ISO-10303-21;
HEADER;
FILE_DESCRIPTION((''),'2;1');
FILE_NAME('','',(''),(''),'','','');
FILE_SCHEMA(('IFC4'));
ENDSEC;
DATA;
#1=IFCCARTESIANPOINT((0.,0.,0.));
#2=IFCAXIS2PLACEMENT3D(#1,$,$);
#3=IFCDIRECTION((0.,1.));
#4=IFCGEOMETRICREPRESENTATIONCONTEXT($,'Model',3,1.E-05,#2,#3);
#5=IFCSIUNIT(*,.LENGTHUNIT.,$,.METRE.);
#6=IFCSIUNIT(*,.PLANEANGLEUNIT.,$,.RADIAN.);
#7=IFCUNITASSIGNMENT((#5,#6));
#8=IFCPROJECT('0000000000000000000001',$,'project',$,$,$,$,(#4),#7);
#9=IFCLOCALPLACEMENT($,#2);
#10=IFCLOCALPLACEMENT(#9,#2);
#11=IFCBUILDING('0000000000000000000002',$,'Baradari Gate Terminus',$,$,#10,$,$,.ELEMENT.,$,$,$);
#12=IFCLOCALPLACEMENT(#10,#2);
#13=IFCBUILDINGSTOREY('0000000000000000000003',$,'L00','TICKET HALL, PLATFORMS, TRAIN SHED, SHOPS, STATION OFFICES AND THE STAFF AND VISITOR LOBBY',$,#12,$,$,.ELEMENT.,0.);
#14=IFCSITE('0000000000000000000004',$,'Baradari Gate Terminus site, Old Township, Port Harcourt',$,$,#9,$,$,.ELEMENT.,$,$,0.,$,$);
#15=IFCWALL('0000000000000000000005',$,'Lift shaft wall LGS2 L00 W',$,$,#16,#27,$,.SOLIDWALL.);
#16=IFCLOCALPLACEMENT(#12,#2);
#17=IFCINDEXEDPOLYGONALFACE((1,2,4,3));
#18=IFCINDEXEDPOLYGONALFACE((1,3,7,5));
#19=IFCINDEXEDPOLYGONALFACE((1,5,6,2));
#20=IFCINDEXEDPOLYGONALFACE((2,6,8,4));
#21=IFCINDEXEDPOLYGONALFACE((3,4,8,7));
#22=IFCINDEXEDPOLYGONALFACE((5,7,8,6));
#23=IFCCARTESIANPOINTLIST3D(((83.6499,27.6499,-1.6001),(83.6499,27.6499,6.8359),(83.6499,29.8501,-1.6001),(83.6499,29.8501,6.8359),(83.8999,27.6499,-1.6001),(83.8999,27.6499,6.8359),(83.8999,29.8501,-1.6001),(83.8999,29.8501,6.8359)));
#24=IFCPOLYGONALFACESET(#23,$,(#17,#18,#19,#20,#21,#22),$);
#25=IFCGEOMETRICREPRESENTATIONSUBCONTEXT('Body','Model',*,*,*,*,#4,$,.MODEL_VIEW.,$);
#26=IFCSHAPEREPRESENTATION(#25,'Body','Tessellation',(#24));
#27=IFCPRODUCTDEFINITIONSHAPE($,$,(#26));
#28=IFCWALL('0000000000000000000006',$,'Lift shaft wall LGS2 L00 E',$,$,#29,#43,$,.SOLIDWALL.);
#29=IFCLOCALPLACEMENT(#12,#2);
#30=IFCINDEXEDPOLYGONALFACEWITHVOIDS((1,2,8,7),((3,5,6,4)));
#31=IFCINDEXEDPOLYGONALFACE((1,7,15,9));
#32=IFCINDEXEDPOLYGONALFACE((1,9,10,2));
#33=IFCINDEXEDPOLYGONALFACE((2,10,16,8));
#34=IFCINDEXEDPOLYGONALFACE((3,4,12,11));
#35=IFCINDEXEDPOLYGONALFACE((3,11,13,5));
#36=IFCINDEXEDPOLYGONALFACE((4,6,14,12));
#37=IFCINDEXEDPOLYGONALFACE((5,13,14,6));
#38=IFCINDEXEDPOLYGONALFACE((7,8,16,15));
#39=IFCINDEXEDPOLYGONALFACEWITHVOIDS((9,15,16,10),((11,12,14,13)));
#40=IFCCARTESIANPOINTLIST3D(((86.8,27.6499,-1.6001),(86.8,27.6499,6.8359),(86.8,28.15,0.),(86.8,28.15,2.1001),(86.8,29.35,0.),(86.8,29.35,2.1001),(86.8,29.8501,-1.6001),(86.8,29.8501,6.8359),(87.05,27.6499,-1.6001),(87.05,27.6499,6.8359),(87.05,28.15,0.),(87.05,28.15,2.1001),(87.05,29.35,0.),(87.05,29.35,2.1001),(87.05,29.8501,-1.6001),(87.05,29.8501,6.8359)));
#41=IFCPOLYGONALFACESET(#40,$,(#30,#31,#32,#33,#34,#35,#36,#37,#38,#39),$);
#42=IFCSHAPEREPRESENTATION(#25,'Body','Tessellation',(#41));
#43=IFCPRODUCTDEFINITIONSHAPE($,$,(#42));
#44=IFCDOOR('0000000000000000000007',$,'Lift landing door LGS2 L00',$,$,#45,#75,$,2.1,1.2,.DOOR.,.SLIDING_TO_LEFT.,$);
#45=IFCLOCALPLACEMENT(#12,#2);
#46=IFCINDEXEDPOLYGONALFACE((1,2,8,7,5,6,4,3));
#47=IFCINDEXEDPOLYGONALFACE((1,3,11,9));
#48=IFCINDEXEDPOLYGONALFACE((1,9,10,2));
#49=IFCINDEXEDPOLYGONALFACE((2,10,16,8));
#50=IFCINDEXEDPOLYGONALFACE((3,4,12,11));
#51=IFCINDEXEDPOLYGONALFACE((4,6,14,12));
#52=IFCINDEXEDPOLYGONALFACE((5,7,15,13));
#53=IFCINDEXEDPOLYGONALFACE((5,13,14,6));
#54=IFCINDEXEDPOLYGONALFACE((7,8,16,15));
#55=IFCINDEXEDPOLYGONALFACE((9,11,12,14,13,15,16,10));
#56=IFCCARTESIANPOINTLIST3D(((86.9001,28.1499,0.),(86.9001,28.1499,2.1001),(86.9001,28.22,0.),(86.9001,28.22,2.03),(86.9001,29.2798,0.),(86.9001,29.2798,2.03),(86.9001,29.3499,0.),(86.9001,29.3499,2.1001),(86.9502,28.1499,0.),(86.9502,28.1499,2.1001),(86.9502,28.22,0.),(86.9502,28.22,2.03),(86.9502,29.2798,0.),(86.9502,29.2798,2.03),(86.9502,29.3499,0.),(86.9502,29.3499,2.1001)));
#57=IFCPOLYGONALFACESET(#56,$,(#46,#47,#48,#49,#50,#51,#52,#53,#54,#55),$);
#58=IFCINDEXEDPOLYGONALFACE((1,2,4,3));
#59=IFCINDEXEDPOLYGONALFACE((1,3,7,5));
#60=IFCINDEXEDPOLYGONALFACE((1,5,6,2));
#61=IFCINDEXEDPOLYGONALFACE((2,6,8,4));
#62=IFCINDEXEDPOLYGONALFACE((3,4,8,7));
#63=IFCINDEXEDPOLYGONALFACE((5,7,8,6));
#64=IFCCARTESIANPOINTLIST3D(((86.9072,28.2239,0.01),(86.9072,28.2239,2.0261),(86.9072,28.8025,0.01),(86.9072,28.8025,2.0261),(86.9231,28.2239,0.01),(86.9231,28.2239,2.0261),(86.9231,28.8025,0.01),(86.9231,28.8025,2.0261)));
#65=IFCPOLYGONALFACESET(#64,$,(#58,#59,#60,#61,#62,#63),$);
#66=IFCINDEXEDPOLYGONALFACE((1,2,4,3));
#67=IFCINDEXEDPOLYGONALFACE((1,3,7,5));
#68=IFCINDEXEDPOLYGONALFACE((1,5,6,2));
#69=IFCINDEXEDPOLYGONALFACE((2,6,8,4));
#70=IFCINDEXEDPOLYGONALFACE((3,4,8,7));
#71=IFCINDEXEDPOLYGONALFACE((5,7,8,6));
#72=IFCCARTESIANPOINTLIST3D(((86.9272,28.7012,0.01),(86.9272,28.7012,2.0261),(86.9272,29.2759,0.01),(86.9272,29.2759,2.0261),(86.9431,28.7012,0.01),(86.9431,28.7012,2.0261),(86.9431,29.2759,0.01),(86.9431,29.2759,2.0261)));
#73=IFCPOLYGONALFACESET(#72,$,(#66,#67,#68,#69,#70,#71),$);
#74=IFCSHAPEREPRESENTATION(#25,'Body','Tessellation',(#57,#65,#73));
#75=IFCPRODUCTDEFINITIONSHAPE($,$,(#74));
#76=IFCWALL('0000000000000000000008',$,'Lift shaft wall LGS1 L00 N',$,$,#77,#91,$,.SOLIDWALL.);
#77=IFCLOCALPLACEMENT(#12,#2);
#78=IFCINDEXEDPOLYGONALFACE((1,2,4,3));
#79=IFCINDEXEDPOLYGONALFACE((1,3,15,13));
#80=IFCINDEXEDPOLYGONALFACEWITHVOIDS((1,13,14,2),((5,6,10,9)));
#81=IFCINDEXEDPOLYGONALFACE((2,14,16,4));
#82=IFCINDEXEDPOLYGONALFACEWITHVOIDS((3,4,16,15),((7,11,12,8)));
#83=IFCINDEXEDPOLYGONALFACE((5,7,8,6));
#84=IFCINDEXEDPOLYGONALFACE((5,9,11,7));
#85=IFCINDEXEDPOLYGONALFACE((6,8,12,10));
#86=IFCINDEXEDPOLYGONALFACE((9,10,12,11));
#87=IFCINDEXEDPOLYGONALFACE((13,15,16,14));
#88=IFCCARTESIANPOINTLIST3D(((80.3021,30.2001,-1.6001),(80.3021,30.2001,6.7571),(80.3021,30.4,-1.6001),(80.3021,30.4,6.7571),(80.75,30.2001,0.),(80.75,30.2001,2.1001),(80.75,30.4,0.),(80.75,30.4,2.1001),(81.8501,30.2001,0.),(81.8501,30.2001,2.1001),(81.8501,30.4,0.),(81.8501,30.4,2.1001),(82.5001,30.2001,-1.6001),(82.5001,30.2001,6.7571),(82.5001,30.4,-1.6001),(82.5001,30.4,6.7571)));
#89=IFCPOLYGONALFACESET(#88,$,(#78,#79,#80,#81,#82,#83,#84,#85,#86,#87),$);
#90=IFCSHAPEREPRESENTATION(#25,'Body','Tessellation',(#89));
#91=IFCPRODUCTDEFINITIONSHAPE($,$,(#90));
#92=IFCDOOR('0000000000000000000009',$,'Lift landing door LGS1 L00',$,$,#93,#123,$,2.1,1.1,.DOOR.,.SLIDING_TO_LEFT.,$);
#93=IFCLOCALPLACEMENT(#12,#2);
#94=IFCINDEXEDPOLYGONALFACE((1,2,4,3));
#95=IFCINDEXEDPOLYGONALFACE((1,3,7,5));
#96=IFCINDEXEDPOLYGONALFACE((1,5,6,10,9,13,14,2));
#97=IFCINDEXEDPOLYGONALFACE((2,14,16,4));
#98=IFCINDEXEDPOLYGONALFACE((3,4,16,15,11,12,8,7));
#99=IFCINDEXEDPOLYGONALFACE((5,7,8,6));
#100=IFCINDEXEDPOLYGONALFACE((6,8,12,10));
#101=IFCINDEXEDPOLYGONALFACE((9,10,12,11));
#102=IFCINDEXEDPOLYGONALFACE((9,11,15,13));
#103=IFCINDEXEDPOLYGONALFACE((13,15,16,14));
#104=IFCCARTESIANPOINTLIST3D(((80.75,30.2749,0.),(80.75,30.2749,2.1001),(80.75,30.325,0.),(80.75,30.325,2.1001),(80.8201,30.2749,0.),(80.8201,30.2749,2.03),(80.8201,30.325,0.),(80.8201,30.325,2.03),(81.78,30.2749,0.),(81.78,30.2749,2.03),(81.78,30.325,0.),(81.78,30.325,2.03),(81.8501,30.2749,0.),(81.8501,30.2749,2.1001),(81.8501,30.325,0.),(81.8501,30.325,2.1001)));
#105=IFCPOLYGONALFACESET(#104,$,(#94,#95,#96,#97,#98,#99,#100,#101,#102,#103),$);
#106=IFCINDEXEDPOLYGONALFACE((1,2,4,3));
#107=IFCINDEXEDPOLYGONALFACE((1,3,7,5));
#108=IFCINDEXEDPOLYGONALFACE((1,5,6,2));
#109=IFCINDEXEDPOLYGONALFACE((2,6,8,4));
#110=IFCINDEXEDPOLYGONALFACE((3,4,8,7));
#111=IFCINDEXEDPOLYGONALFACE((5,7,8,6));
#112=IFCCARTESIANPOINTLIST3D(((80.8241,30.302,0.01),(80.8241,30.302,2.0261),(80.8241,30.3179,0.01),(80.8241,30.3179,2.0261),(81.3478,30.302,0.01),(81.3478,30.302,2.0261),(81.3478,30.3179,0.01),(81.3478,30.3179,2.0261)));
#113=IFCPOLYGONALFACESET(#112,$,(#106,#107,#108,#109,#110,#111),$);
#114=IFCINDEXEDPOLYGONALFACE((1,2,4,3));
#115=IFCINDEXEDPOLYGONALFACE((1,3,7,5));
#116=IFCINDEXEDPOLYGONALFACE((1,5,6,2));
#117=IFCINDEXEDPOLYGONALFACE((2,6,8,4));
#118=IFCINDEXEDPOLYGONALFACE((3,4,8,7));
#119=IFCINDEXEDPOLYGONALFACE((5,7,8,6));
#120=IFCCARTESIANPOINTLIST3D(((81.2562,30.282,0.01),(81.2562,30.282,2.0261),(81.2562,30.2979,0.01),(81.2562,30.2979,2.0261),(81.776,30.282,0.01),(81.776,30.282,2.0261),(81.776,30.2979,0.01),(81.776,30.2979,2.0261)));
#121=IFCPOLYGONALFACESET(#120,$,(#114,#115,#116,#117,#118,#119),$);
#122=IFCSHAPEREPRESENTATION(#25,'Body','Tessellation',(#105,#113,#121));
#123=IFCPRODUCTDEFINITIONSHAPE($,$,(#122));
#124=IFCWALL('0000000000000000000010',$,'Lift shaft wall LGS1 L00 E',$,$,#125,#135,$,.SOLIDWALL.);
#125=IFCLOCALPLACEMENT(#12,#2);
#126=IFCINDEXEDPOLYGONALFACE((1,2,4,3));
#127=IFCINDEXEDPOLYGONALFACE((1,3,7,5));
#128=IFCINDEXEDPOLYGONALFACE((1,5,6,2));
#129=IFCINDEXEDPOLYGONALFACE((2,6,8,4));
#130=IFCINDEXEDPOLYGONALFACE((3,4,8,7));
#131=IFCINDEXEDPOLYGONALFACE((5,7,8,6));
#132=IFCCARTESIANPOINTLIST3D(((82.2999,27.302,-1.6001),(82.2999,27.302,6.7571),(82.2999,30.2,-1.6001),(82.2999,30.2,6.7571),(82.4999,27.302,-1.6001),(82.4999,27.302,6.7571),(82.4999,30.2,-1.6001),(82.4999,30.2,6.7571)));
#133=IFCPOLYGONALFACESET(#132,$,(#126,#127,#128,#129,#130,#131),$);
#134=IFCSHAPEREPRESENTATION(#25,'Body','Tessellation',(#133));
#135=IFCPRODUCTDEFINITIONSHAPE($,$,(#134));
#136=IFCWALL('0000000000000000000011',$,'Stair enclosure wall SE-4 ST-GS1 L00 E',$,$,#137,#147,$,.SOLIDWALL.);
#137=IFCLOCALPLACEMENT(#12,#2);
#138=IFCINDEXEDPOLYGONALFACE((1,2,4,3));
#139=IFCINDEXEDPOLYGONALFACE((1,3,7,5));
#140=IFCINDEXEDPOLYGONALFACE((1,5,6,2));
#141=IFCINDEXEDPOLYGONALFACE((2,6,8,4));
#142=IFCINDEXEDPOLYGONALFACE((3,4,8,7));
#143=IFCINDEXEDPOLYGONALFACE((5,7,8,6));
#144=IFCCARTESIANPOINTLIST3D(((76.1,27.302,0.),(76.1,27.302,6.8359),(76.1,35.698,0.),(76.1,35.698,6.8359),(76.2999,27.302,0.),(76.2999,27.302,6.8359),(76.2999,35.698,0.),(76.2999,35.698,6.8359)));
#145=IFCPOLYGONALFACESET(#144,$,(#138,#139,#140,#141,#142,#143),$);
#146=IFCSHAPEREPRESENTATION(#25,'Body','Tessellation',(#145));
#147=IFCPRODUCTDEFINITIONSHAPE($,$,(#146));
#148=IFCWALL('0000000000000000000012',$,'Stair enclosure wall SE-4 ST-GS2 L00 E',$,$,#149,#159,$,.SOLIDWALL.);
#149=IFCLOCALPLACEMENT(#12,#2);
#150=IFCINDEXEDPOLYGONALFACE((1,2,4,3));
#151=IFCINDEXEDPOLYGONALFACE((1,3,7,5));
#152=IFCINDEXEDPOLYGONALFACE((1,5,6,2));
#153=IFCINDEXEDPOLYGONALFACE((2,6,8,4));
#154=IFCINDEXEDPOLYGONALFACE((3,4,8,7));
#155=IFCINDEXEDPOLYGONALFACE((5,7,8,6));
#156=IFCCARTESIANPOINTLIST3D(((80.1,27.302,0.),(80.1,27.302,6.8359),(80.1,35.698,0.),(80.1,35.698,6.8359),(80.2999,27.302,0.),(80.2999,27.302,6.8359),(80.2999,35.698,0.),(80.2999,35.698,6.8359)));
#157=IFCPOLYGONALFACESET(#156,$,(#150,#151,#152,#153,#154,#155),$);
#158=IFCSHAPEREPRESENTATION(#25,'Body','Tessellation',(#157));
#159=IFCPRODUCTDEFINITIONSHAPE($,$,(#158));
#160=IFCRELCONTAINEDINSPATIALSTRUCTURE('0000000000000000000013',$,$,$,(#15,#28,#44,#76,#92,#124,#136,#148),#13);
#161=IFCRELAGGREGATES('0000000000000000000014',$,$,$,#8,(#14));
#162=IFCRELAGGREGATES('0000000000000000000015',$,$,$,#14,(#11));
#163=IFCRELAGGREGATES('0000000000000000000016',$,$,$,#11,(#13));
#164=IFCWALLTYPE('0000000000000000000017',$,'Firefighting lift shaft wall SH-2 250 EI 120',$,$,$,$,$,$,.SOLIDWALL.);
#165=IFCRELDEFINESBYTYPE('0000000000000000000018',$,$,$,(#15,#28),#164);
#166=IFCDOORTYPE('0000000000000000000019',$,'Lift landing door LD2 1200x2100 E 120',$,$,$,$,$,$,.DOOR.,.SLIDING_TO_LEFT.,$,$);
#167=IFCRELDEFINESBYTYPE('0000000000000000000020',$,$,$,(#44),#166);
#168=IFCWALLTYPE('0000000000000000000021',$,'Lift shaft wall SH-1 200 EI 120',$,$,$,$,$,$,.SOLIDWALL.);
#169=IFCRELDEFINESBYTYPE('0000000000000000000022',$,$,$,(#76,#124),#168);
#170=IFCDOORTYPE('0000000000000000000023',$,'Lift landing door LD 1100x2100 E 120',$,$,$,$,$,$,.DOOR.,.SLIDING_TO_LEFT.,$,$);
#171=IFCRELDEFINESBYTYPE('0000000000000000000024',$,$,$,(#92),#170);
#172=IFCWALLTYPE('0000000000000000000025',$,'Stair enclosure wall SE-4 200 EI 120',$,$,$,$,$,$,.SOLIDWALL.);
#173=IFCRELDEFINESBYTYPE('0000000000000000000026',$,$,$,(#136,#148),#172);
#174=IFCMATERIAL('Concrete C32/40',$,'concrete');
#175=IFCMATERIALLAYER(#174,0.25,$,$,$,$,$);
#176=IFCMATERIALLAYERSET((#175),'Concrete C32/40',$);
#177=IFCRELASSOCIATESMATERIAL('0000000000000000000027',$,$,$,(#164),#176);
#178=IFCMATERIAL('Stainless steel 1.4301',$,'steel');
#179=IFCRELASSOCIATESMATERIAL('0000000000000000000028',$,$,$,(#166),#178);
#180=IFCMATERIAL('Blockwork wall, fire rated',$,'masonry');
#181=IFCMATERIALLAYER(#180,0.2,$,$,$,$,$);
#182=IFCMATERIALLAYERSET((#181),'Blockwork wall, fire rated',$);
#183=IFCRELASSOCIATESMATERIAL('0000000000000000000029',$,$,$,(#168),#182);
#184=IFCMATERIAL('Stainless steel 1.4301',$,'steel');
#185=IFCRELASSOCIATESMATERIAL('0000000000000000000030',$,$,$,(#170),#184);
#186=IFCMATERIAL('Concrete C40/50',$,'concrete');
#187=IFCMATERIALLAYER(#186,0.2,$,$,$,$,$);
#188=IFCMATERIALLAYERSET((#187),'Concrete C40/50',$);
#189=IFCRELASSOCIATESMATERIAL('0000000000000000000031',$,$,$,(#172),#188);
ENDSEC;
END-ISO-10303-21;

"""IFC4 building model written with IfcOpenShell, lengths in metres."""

from ifc_helpers import new_model, si_unit, direction, frame, frame_2d, origin, place, context, subcontext, project, spatial, polyline, rectangle, outline, extrude, material, layer, layer_set, type_object, element, fill, save


model = new_model("IFC4")

# Units and contexts
model_context = context("Model", 3, precision=1e-05, world=origin(), true_north=direction((0.0, 1.0)))
body_context = subcontext(model_context, "Body", "Model", "MODEL_VIEW")
ifc_project = project(units=[si_unit("LENGTHUNIT", "METRE"), si_unit("PLANEANGLEUNIT", "RADIAN")], contexts=[model_context])

# Site, building, storey
site_placement = place(None, origin())
site = spatial("IfcSite", under=ifc_project, at=site_placement, Name="Baradari Gate Terminus site, Old Township, Port Harcourt", CompositionType="ELEMENT", RefElevation=0.0)
building_placement = place(site_placement, origin())
building = spatial("IfcBuilding", under=site, at=building_placement, Name="Baradari Gate Terminus", CompositionType="ELEMENT")
storey_placement = place(building_placement, origin())
storey = spatial("IfcBuildingStorey", under=building, at=storey_placement, Name="L00", Description="TICKET HALL, PLATFORMS, TRAIN SHED, SHOPS, STATION OFFICES AND THE STAFF AND VISITOR LOBBY", CompositionType="ELEMENT", Elevation=0.0)

# Wall
ifc_material_1 = material(Name="Concrete C32/40", Category="concrete")
ifc_layer_1 = layer(ifc_material_1, 0.25)
ifc_layer_set_1 = layer_set([ifc_layer_1], Name="Concrete C32/40")
wall_type_1 = type_object("IfcWallType", Name="Firefighting lift shaft wall SH-2 250 EI 120", PredefinedType="SOLIDWALL", material=ifc_layer_set_1)
wall_1_placement = place(storey_placement, frame((83.7749, 27.6499, -1.6001), z_axis=(0.0, 0.0, 1.0), x_axis=(0.0, 1.0, 0.0)))
element("IfcWall", 1, at=wall_1_placement, inside=storey, type_object=wall_type_1, Name="Lift shaft wall LGS2 L00 W", PredefinedType="SOLIDWALL", context=body_context, shape_type="SweptSolid", body=[
    extrude(rectangle(XDim=2.2002, YDim=0.25, at=frame_2d((1.1001, 0.0))), origin(), (0.0, 0.0, 1.0), 8.436),
])

# Walls, openings, doors
wall_2_placement = place(storey_placement, frame((86.925, 27.6499, -1.6001), z_axis=(0.0, 0.0, 1.0), x_axis=(0.0, 1.0, 0.0)))
wall_2 = element("IfcWall", 2, at=wall_2_placement, inside=storey, type_object=wall_type_1, Name="Lift shaft wall LGS2 L00 E", PredefinedType="SOLIDWALL", context=body_context, shape_type="SweptSolid", body=[
    extrude(rectangle(XDim=2.2002, YDim=0.25, at=frame_2d((1.1001, 0.0))), origin(), (0.0, 0.0, 1.0), 8.436),
])
opening_1_placement = place(wall_2_placement, frame((0.5, 0.0, 1.6001)))
opening_1 = element("IfcOpeningElement", 3, at=opening_1_placement, cuts=wall_2, PredefinedType="OPENING", context=body_context, shape_type="SweptSolid", body=[
    extrude(rectangle(XDim=1.2, YDim=2.1001, at=frame_2d((0.6001, 1.05))), frame((0.0, 0.135, 0.0), z_axis=(0.0, -1.0, 0.0), x_axis=(1.0, 0.0, 0.0)), (0.0, 0.0, 1.0), 0.27),
])
ifc_material_2 = material(Name="Stainless steel 1.4301", Category="steel")
door_type_1 = type_object("IfcDoorType", Name="Lift landing door LD2 1200x2100 E 120", OperationType="SLIDING_TO_LEFT", PredefinedType="DOOR", material=ifc_material_2)
door_1_placement = place(opening_1_placement, origin())
door_1 = element("IfcDoor", 4, at=door_1_placement, inside=storey, type_object=door_type_1, Name="Lift landing door LGS2 L00", OperationType="SLIDING_TO_LEFT", OverallHeight=2.1, OverallWidth=1.2, PredefinedType="DOOR", context=body_context, shape_type="SweptSolid", body=[
    extrude(outline(polyline([(0.0, 0.0), (0.0701, 0.0), (0.0701, 2.03), (1.1299, 2.03), (1.1299, 0.0), (1.2, 0.0), (1.2, 2.1001), (0.0, 2.1001), (0.0, 0.0)])), frame((0.0, 0.0249, 0.0), z_axis=(0.0, -1.0, 0.0), x_axis=(1.0, 0.0, 0.0)), (0.0, 0.0, 1.0), 0.05),
    extrude(rectangle(XDim=0.5786, YDim=2.0161, at=frame_2d((0.3633, 1.0181))), frame((0.0, 0.0178, 0.0), z_axis=(0.0, -1.0, 0.0), x_axis=(1.0, 0.0, 0.0)), (0.0, 0.0, 1.0), 0.0159),
    extrude(rectangle(XDim=0.5747, YDim=2.0161, at=frame_2d((0.8386, 1.0181))), frame((0.0, -0.0022, 0.0), z_axis=(0.0, -1.0, 0.0), x_axis=(1.0, 0.0, 0.0)), (0.0, 0.0, 1.0), 0.0159),
])
fill(opening_1, door_1)
ifc_material_3 = material(Name="Blockwork wall, fire rated", Category="masonry")
ifc_layer_2 = layer(ifc_material_3, 0.2)
ifc_layer_set_2 = layer_set([ifc_layer_2], Name="Blockwork wall, fire rated")
wall_type_2 = type_object("IfcWallType", Name="Lift shaft wall SH-1 200 EI 120", PredefinedType="SOLIDWALL", material=ifc_layer_set_2)
wall_3_placement = place(storey_placement, frame((80.302, 30.3, -1.6001), z_axis=(0.0, 0.0, 1.0), x_axis=(1.0, 0.0, 0.0)))
wall_3 = element("IfcWall", 5, at=wall_3_placement, inside=storey, type_object=wall_type_2, Name="Lift shaft wall LGS1 L00 N", PredefinedType="SOLIDWALL", context=body_context, shape_type="SweptSolid", body=[
    extrude(rectangle(XDim=2.198, YDim=0.2, at=frame_2d((1.0991, 0.0))), origin(), (0.0, 0.0, 1.0), 8.3572),
])
opening_2_placement = place(wall_3_placement, frame((0.448, 0.0, 1.6001)))
opening_2 = element("IfcOpeningElement", 6, at=opening_2_placement, cuts=wall_3, PredefinedType="OPENING", context=body_context, shape_type="SweptSolid", body=[
    extrude(rectangle(XDim=1.1001, YDim=2.1001, at=frame_2d((0.55, 1.05))), frame((0.0, 0.1099, 0.0), z_axis=(0.0, -1.0, 0.0), x_axis=(1.0, 0.0, 0.0)), (0.0, 0.0, 1.0), 0.22),
])
ifc_material_4 = material(Name="Stainless steel 1.4301", Category="steel")
door_type_2 = type_object("IfcDoorType", Name="Lift landing door LD 1100x2100 E 120", OperationType="SLIDING_TO_LEFT", PredefinedType="DOOR", material=ifc_material_4)
door_2_placement = place(opening_2_placement, origin())
door_2 = element("IfcDoor", 7, at=door_2_placement, inside=storey, type_object=door_type_2, Name="Lift landing door LGS1 L00", OperationType="SLIDING_TO_LEFT", OverallHeight=2.1, OverallWidth=1.1, PredefinedType="DOOR", context=body_context, shape_type="SweptSolid", body=[
    extrude(outline(polyline([(0.0, 0.0), (0.0701, 0.0), (0.0701, 2.03), (1.03, 2.03), (1.03, 0.0), (1.1001, 0.0), (1.1001, 2.1001), (0.0, 2.1001), (0.0, 0.0)])), frame((0.0, 0.0249, 0.0), z_axis=(0.0, -1.0, 0.0), x_axis=(1.0, 0.0, 0.0)), (0.0, 0.0, 1.0), 0.05),
    extrude(rectangle(XDim=0.5237, YDim=2.0161, at=frame_2d((0.3359, 1.0181))), frame((0.0, 0.0178, 0.0), z_axis=(0.0, -1.0, 0.0), x_axis=(1.0, 0.0, 0.0)), (0.0, 0.0, 1.0), 0.0159),
    extrude(rectangle(XDim=0.5198, YDim=2.0161, at=frame_2d((0.7661, 1.0181))), frame((0.0, -0.0022, 0.0), z_axis=(0.0, -1.0, 0.0), x_axis=(1.0, 0.0, 0.0)), (0.0, 0.0, 1.0), 0.0159),
])
fill(opening_2, door_2)

# Walls
wall_4_placement = place(storey_placement, frame((82.3999, 27.302, -1.6001), z_axis=(0.0, 0.0, 1.0), x_axis=(0.0, 1.0, 0.0)))
element("IfcWall", 8, at=wall_4_placement, inside=storey, type_object=wall_type_2, Name="Lift shaft wall LGS1 L00 E", PredefinedType="SOLIDWALL", context=body_context, shape_type="SweptSolid", body=[
    extrude(rectangle(XDim=2.8979, YDim=0.2, at=frame_2d((1.449, 0.0))), origin(), (0.0, 0.0, 1.0), 8.3572),
])
ifc_material_5 = material(Name="Concrete C40/50", Category="concrete")
ifc_layer_3 = layer(ifc_material_5, 0.2)
ifc_layer_set_3 = layer_set([ifc_layer_3], Name="Concrete C40/50")
wall_type_3 = type_object("IfcWallType", Name="Stair enclosure wall SE-4 200 EI 120", PredefinedType="SOLIDWALL", material=ifc_layer_set_3)
for number, where, z_axis, x_axis, name in (
    (9, (76.2, 27.302, 0.0), (0.0, 0.0, 1.0), (0.0, 1.0, 0.0), "Stair enclosure wall SE-4 ST-GS1 L00 E"),
    (10, (80.2, 27.302, 0.0), (0.0, 0.0, 1.0), (0.0, 1.0, 0.0), "Stair enclosure wall SE-4 ST-GS2 L00 E"),
):
    element("IfcWall", number, at=place(storey_placement, frame(where, z_axis=z_axis, x_axis=x_axis)), inside=storey, type_object=wall_type_3, Name=name, PredefinedType="SOLIDWALL", context=body_context, shape_type="SweptSolid", body=[
        extrude(rectangle(XDim=8.396, YDim=0.2, at=frame_2d((4.198, 0.0))), origin(), (0.0, 0.0, 1.0), 6.8359),
    ])

save(model, "model.ifc")
